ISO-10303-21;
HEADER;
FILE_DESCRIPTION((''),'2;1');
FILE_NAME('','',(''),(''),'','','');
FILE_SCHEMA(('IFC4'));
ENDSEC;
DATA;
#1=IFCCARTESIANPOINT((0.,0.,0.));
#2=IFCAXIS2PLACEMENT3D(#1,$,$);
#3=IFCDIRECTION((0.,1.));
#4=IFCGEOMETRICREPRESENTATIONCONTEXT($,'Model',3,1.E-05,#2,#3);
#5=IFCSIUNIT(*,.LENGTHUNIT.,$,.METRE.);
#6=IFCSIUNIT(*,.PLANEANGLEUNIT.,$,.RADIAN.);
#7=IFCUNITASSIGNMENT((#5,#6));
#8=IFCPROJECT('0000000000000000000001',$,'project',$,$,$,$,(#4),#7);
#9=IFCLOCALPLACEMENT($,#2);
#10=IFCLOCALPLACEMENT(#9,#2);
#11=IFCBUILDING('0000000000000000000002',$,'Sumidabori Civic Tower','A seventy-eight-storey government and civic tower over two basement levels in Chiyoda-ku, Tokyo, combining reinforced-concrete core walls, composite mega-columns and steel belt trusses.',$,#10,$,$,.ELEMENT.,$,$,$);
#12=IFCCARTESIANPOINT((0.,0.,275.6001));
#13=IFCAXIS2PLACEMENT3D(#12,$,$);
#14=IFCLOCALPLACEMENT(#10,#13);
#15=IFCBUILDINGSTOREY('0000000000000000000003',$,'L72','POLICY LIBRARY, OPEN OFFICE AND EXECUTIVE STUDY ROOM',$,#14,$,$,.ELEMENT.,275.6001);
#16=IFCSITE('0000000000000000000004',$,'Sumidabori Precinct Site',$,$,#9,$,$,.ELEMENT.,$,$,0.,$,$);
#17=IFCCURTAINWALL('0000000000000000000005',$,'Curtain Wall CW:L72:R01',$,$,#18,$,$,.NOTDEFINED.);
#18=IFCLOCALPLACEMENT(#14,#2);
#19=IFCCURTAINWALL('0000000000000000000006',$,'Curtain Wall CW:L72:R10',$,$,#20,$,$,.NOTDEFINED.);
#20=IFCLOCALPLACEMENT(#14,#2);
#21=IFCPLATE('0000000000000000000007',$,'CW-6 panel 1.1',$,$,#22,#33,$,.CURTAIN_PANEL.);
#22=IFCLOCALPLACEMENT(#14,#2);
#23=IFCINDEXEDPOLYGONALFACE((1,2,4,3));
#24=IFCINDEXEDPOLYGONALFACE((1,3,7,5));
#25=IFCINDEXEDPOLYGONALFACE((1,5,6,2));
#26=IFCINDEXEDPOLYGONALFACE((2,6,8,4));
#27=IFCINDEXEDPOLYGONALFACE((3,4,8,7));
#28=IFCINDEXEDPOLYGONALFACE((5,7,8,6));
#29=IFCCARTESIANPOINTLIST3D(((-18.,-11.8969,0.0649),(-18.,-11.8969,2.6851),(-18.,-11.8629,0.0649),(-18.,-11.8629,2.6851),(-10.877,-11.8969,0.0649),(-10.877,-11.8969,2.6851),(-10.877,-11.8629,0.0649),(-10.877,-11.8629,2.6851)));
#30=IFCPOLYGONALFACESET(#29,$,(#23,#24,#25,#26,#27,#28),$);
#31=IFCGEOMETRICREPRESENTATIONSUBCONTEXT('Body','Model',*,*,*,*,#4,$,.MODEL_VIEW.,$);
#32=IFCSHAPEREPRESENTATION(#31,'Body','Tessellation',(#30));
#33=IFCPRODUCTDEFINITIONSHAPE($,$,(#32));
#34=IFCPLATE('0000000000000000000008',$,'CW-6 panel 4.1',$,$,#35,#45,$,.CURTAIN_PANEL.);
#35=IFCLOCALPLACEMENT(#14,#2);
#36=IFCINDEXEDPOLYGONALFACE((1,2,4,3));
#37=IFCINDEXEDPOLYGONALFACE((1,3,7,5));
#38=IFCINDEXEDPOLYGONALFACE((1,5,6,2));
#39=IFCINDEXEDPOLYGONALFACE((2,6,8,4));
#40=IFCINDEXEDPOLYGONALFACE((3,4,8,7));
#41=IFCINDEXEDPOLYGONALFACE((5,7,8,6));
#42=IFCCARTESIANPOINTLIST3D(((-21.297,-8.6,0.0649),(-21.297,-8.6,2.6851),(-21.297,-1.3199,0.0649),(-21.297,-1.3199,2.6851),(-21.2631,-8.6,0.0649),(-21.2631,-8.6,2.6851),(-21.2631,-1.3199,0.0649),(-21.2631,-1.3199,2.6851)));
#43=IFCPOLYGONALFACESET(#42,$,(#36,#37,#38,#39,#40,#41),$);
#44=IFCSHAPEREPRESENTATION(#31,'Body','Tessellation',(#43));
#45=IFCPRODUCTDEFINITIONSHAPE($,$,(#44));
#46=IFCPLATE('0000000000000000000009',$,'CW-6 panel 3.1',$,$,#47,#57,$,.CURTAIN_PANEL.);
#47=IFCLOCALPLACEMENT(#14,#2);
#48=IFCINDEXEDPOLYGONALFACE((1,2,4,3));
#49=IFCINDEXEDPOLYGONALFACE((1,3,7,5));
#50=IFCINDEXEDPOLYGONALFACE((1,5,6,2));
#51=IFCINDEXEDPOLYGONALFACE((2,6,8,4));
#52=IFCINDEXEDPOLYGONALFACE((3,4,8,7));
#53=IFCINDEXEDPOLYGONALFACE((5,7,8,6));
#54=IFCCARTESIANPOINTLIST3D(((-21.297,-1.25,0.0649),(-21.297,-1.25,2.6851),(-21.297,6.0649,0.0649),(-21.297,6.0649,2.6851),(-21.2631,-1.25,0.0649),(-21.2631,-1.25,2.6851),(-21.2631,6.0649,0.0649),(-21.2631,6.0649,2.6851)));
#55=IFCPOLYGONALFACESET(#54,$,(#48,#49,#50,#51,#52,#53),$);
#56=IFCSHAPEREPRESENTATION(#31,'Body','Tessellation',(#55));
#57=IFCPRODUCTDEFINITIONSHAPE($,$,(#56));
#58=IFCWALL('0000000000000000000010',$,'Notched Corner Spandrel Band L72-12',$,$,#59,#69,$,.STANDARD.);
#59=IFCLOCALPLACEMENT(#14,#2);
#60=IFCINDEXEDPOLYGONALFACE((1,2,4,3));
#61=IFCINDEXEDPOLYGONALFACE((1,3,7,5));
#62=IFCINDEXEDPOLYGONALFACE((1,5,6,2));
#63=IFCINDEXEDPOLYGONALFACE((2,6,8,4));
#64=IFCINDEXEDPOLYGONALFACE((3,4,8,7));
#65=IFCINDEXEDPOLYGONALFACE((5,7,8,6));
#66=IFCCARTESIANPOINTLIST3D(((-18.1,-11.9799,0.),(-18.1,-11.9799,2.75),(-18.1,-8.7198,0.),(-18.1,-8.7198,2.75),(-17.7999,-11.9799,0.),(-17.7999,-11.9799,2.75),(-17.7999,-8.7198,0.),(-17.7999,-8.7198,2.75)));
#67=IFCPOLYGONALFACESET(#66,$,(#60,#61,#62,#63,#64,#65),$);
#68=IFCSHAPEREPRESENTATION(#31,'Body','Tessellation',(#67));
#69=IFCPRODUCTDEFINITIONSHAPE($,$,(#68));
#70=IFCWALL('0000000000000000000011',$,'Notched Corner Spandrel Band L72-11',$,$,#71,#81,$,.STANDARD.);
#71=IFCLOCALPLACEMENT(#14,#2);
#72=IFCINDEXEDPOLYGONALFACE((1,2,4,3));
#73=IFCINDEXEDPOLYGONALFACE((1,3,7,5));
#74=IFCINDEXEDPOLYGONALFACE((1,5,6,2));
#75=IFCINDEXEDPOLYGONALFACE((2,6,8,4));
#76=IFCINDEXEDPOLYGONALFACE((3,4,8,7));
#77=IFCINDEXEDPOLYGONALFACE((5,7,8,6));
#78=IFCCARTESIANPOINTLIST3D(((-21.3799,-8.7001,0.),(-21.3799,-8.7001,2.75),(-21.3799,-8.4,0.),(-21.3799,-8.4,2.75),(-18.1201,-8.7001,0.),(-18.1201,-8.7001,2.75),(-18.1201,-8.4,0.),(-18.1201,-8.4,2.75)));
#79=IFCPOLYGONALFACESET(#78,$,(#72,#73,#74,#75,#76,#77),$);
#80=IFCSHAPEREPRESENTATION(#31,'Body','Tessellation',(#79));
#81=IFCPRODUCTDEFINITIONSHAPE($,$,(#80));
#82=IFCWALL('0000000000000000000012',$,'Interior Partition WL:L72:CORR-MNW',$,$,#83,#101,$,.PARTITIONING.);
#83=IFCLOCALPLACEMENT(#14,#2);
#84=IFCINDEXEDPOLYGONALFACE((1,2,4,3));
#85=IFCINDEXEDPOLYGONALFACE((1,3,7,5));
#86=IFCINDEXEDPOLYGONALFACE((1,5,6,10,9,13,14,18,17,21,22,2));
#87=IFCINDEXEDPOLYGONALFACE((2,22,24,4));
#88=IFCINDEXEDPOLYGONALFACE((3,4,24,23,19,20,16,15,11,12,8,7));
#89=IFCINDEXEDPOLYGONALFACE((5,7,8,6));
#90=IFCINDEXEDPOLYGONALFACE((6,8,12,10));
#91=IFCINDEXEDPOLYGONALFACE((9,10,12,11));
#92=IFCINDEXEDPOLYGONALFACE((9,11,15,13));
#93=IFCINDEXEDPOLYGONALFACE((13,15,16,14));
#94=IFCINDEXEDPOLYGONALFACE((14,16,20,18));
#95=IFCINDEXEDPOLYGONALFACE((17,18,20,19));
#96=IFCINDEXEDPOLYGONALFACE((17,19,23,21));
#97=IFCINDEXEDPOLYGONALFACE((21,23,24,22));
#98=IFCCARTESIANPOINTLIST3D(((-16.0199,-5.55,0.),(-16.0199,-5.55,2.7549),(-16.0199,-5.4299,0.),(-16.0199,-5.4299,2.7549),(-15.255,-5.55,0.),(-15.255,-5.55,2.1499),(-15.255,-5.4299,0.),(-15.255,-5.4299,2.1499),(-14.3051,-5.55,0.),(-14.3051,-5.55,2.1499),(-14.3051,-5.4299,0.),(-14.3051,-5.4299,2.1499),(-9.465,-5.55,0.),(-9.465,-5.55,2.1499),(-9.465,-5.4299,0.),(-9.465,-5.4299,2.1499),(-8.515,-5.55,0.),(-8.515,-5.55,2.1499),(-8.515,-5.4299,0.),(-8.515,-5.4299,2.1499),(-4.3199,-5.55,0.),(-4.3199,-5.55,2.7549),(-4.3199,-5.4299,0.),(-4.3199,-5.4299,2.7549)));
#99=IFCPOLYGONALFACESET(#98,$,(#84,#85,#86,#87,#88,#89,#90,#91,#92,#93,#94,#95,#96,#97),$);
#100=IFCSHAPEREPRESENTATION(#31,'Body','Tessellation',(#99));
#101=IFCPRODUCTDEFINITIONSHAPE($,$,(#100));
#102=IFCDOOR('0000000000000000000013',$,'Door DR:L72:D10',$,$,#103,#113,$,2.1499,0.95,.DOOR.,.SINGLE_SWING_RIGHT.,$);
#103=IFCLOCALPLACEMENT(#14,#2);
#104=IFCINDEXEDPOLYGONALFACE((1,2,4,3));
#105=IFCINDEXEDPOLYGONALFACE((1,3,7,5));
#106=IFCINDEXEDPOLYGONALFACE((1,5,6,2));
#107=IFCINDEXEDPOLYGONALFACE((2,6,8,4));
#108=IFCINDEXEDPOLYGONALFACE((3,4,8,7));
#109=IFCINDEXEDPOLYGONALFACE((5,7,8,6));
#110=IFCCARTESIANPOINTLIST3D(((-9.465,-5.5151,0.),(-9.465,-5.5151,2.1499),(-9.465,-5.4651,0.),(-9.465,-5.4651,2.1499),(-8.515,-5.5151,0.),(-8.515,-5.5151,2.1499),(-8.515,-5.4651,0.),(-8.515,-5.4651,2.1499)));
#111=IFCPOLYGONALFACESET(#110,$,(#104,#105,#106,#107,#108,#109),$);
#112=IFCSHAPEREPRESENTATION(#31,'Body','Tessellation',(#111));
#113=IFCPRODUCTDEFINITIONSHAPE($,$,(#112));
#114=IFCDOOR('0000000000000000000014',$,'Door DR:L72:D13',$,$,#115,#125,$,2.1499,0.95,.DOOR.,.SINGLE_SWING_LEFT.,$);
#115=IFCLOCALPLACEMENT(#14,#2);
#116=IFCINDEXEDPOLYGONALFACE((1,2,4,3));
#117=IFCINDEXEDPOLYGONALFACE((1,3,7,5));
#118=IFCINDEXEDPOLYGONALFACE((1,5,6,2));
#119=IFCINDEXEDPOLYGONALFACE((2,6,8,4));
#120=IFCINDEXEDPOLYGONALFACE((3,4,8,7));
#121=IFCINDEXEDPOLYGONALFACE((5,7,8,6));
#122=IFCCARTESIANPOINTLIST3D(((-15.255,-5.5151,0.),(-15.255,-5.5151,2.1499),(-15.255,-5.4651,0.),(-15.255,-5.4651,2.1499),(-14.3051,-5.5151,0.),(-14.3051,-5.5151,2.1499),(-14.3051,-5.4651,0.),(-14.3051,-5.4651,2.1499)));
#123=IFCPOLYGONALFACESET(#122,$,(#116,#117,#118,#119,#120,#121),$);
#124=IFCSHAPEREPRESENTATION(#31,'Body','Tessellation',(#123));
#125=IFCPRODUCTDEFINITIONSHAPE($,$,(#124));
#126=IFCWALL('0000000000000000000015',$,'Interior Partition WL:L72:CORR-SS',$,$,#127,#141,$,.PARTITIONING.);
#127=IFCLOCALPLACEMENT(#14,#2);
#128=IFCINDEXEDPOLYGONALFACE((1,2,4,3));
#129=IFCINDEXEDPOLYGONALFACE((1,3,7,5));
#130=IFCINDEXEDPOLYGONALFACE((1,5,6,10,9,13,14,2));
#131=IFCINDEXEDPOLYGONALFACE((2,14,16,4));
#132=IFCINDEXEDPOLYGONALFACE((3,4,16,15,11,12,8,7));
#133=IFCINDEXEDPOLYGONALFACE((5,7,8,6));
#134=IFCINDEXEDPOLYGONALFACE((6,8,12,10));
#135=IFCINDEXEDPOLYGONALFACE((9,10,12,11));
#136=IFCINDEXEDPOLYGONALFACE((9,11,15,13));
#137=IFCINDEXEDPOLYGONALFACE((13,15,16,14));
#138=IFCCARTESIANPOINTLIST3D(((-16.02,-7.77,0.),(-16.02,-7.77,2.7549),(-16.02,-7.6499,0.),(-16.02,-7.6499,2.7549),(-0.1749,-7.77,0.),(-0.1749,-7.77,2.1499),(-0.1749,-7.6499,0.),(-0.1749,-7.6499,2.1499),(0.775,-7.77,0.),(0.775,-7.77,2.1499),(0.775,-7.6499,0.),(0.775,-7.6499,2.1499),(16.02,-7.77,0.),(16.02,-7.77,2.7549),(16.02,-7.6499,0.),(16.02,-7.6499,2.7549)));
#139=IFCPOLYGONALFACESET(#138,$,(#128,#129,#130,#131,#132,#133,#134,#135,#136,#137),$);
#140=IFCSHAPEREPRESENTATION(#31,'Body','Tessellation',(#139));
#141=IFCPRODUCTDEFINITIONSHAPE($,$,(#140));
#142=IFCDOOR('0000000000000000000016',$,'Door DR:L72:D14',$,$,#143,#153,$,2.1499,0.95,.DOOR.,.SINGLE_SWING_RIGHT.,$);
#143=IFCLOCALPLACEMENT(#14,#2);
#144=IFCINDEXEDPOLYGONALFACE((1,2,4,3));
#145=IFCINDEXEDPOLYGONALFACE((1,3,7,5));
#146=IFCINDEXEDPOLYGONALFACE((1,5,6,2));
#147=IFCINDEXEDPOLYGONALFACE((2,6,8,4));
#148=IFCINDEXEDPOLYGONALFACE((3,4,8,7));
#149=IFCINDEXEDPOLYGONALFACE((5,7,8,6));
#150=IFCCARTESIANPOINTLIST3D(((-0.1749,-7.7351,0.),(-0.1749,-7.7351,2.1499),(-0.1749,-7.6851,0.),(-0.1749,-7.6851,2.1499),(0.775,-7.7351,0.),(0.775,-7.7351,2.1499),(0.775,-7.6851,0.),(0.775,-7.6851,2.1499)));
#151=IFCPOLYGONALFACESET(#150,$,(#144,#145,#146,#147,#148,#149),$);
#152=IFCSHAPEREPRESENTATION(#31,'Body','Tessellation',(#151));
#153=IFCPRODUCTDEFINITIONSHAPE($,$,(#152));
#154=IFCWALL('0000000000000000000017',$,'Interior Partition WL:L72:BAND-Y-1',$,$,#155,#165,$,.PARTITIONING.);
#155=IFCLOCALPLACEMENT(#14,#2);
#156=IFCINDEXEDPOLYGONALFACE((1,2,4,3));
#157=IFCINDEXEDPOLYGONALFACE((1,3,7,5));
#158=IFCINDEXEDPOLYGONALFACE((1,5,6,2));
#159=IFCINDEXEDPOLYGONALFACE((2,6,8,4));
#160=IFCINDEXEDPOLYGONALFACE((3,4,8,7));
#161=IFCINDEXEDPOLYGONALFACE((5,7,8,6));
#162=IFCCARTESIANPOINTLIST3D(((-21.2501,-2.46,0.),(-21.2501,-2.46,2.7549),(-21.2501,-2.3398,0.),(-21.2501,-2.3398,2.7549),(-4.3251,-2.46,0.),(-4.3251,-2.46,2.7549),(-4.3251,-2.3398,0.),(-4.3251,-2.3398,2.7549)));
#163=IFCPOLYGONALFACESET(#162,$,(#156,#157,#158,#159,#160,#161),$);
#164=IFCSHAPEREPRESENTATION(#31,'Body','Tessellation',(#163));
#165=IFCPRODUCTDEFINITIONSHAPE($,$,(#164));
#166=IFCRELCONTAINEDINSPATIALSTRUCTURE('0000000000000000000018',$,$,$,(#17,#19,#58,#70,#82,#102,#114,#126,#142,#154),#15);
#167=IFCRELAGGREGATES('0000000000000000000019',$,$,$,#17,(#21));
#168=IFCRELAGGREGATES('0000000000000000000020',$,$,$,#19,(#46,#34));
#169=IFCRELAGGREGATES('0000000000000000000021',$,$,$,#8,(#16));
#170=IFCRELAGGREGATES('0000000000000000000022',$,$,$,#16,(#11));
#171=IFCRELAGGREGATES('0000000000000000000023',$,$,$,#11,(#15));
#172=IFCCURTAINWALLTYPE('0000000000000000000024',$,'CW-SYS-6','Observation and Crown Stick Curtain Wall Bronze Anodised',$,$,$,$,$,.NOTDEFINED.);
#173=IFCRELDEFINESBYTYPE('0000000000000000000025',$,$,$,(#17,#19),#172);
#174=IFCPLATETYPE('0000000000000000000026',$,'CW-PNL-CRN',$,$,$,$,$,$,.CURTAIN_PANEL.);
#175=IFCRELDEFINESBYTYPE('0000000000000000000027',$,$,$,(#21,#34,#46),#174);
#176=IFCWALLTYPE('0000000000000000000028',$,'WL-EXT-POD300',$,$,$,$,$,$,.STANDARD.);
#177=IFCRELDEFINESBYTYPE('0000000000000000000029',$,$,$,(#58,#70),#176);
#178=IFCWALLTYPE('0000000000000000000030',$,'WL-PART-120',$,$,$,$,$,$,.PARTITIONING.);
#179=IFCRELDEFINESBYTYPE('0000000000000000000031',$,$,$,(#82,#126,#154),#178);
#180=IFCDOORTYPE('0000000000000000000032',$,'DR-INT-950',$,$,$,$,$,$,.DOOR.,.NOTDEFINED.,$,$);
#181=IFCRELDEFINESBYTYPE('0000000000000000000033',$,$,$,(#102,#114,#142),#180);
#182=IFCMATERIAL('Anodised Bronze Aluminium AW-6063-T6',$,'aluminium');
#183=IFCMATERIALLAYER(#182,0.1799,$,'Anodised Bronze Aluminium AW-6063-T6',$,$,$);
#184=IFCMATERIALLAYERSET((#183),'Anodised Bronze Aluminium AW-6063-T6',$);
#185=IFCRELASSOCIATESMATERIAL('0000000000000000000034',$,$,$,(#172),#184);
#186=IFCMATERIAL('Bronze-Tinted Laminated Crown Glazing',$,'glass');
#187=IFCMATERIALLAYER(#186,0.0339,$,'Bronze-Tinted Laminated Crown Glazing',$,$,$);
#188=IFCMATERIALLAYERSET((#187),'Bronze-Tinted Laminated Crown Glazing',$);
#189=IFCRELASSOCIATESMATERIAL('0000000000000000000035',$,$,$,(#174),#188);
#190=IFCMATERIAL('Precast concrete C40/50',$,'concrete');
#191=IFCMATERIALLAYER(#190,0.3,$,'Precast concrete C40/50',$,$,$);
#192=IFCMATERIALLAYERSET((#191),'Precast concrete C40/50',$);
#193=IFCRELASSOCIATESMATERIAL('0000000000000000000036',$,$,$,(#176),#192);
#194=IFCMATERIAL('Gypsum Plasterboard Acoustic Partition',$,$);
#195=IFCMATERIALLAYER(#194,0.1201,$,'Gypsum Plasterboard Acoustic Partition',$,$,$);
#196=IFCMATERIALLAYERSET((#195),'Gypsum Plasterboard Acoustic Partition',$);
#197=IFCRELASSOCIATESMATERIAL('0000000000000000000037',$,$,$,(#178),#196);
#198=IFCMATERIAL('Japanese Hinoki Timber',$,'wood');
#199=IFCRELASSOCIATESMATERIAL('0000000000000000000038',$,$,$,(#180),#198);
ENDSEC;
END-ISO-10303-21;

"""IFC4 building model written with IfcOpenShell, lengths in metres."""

from ifc_helpers import new_model, si_unit, direction, frame, frame_2d, origin, origin_2d, place, context, subcontext, project, spatial, rectangle, extrude, source, transform, mapped, material, layer, layer_set, type_object, element, fill, aggregate, save


model = new_model("IFC4")

# Units and contexts
model_context = context("Model", 3, precision=1e-05, world=origin(), true_north=direction((0.0, 1.0)))
body_context = subcontext(model_context, "Body", "Model", "MODEL_VIEW")
ifc_project = project(units=[si_unit("LENGTHUNIT", "METRE"), si_unit("PLANEANGLEUNIT", "RADIAN")], contexts=[model_context])

# Site, building, storey
site_placement = place(None, origin())
site = spatial("IfcSite", under=ifc_project, at=site_placement, Name="Sumidabori Precinct Site", CompositionType="ELEMENT", RefElevation=0.0)
building_placement = place(site_placement, origin())
building = spatial("IfcBuilding", under=site, at=building_placement, Name="Sumidabori Civic Tower", Description="A seventy-eight-storey government and civic tower over two basement levels in Chiyoda-ku, Tokyo, combining reinforced-concrete core walls, composite mega-columns and steel belt trusses.", CompositionType="ELEMENT")
storey_placement = place(building_placement, frame((0.0, 0.0, 275.6001)))
storey = spatial("IfcBuildingStorey", under=building, at=storey_placement, Name="L72", Description="POLICY LIBRARY, OPEN OFFICE AND EXECUTIVE STUDY ROOM", CompositionType="ELEMENT", Elevation=275.6001)

# Curtain wall
ifc_material_1 = material(Name="Anodised Bronze Aluminium AW-6063-T6", Category="aluminium")
ifc_layer_1 = layer(ifc_material_1, 0.1799, Name="Anodised Bronze Aluminium AW-6063-T6")
ifc_layer_set_1 = layer_set([ifc_layer_1], Name="Anodised Bronze Aluminium AW-6063-T6")
curtain_wall_type = type_object("IfcCurtainWallType", Name="CW-SYS-6", Description="Observation and Crown Stick Curtain Wall Bronze Anodised", PredefinedType="NOTDEFINED", material=ifc_layer_set_1)
curtain_wall_1_placement = place(storey_placement, origin())
curtain_wall_1 = element("IfcCurtainWall", 1, at=curtain_wall_1_placement, inside=storey, type_object=curtain_wall_type, Name="Curtain Wall CW:L72:R01", PredefinedType="NOTDEFINED")

# Curtain wall
curtain_wall_2_placement = place(storey_placement, origin())
curtain_wall_2 = element("IfcCurtainWall", 2, at=curtain_wall_2_placement, inside=storey, type_object=curtain_wall_type, Name="Curtain Wall CW:L72:R10", PredefinedType="NOTDEFINED")

# Plates
ifc_material_2 = material(Name="Bronze-Tinted Laminated Crown Glazing", Category="glass")
ifc_layer_2 = layer(ifc_material_2, 0.0339, Name="Bronze-Tinted Laminated Crown Glazing")
ifc_layer_set_2 = layer_set([ifc_layer_2], Name="Bronze-Tinted Laminated Crown Glazing")
plate_type = type_object("IfcPlateType", Name="CW-PNL-CRN", PredefinedType="CURTAIN_PANEL", material=ifc_layer_set_2)
shared_shape_1 = source(origin(), body_context, "Body", "SweptSolid", [
    extrude(rectangle(XDim=7.123, YDim=0.0339, at=origin_2d()), origin(), (0.0, 0.0, 1.0), 2.6201),
])
plate_1_placement = place(storey_placement, frame((-14.4385, -11.8799, 0.0649), z_axis=(0.0, 0.0, 1.0), x_axis=(1.0, 0.0, 0.0)))
plate_1 = element("IfcPlate", 3, at=plate_1_placement, type_object=plate_type, Name="CW-6 panel 1.1", PredefinedType="CURTAIN_PANEL", context=body_context, shape_type="MappedRepresentation", body=[
    mapped(shared_shape_1, transform((0.0, 0.0, 0.0), x_axis=(1.0, 0.0, 0.0), y_axis=(0.0, 1.0, 0.0), z_axis=(0.0, 0.0, 1.0), scale=1.0)),
])
aggregate(curtain_wall_1, [plate_1])
shared_shape_2 = source(origin(), body_context, "Body", "SweptSolid", [
    extrude(rectangle(XDim=7.28, YDim=0.0339, at=origin_2d()), origin(), (0.0, 0.0, 1.0), 2.6201),
])
plate_2_placement = place(storey_placement, frame((-21.28, -4.96, 0.0649), z_axis=(0.0, 0.0, 1.0), x_axis=(0.0, -1.0, 0.0)))
plate_2 = element("IfcPlate", 4, at=plate_2_placement, type_object=plate_type, Name="CW-6 panel 4.1", PredefinedType="CURTAIN_PANEL", context=body_context, shape_type="MappedRepresentation", body=[
    mapped(shared_shape_2, transform((0.0, 0.0, 0.0), x_axis=(1.0, 0.0, 0.0), y_axis=(0.0, 1.0, 0.0), z_axis=(0.0, 0.0, 1.0), scale=1.0)),
])
shared_shape_3 = source(origin(), body_context, "Body", "SweptSolid", [
    extrude(rectangle(XDim=7.3149, YDim=0.0339, at=origin_2d()), origin(), (0.0, 0.0, 1.0), 2.6201),
])
plate_3_placement = place(storey_placement, frame((-21.28, 2.4075, 0.0649), z_axis=(0.0, 0.0, 1.0), x_axis=(0.0, -1.0, 0.0)))
plate_3 = element("IfcPlate", 5, at=plate_3_placement, type_object=plate_type, Name="CW-6 panel 3.1", PredefinedType="CURTAIN_PANEL", context=body_context, shape_type="MappedRepresentation", body=[
    mapped(shared_shape_3, transform((0.0, 0.0, 0.0), x_axis=(1.0, 0.0, 0.0), y_axis=(0.0, 1.0, 0.0), z_axis=(0.0, 0.0, 1.0), scale=1.0)),
])
aggregate(curtain_wall_2, [plate_3, plate_2])

# Walls
ifc_material_3 = material(Name="Precast concrete C40/50", Category="concrete")
ifc_layer_3 = layer(ifc_material_3, 0.3, Name="Precast concrete C40/50")
ifc_layer_set_3 = layer_set([ifc_layer_3], Name="Precast concrete C40/50")
wall_type_1 = type_object("IfcWallType", Name="WL-EXT-POD300", PredefinedType="STANDARD", material=ifc_layer_set_3)
shared_shape_4 = source(origin(), body_context, "Body", "SweptSolid", [
    extrude(rectangle(XDim=3.26, YDim=0.3, at=frame_2d((1.6299, 0.0))), origin(), (0.0, 0.0, 1.0), 2.75),
])
wall_1_placement = place(storey_placement, frame((-17.95, -8.72, 0.0), z_axis=(0.0, 0.0, 1.0), x_axis=(0.0, -1.0, 0.0)))
element("IfcWall", 6, at=wall_1_placement, inside=storey, type_object=wall_type_1, Name="Notched Corner Spandrel Band L72-12", PredefinedType="STANDARD", context=body_context, shape_type="MappedRepresentation", body=[
    mapped(shared_shape_4, transform((0.0, 0.0, 0.0), x_axis=(1.0, 0.0, 0.0), y_axis=(0.0, 1.0, 0.0), z_axis=(0.0, 0.0, 1.0), scale=1.0)),
])
shared_shape_5 = source(origin(), body_context, "Body", "SweptSolid", [
    extrude(rectangle(XDim=3.2598, YDim=0.3, at=frame_2d((1.6299, 0.0))), origin(), (0.0, 0.0, 1.0), 2.75),
])
wall_2_placement = place(storey_placement, frame((-21.3799, -8.55, 0.0), z_axis=(0.0, 0.0, 1.0), x_axis=(1.0, 0.0, 0.0)))
element("IfcWall", 7, at=wall_2_placement, inside=storey, type_object=wall_type_1, Name="Notched Corner Spandrel Band L72-11", PredefinedType="STANDARD", context=body_context, shape_type="MappedRepresentation", body=[
    mapped(shared_shape_5, transform((0.0, 0.0, 0.0), x_axis=(1.0, 0.0, 0.0), y_axis=(0.0, 1.0, 0.0), z_axis=(0.0, 0.0, 1.0), scale=1.0)),
])

# Wall, openings, doors
ifc_material_4 = material(Name="Gypsum Plasterboard Acoustic Partition")
ifc_layer_4 = layer(ifc_material_4, 0.1201, Name="Gypsum Plasterboard Acoustic Partition")
ifc_layer_set_4 = layer_set([ifc_layer_4], Name="Gypsum Plasterboard Acoustic Partition")
wall_type_2 = type_object("IfcWallType", Name="WL-PART-120", PredefinedType="PARTITIONING", material=ifc_layer_set_4)
shared_shape_6 = source(origin(), body_context, "Body", "SweptSolid", [
    extrude(rectangle(XDim=11.7, YDim=0.1201, at=frame_2d((5.8501, 0.0))), origin(), (0.0, 0.0, 1.0), 2.7549),
])
wall_3_placement = place(storey_placement, frame((-16.02, -5.49, 0.0), z_axis=(0.0, 0.0, 1.0), x_axis=(1.0, 0.0, 0.0)))
wall_3 = element("IfcWall", 8, at=wall_3_placement, inside=storey, type_object=wall_type_2, Name="Interior Partition WL:L72:CORR-MNW", PredefinedType="PARTITIONING", context=body_context, shape_type="MappedRepresentation", body=[
    mapped(shared_shape_6, transform((0.0, 0.0, 0.0), x_axis=(1.0, 0.0, 0.0), y_axis=(0.0, 1.0, 0.0), z_axis=(0.0, 0.0, 1.0), scale=1.0)),
])
opening_1_placement = place(wall_3_placement, frame((6.5549, 0.0, 0.0)))
opening_1 = element("IfcOpeningElement", 9, at=opening_1_placement, cuts=wall_3, PredefinedType="OPENING", context=body_context, shape_type="SweptSolid", body=[
    extrude(rectangle(XDim=0.95, YDim=2.1499, at=frame_2d((0.4751, 1.075))), frame((0.0, 0.072, 0.0), z_axis=(0.0, -1.0, 0.0), x_axis=(1.0, 0.0, 0.0)), (0.0, 0.0, 1.0), 0.144),
])
opening_2_placement = place(wall_3_placement, frame((0.7649, 0.0, 0.0)))
opening_2 = element("IfcOpeningElement", 10, at=opening_2_placement, cuts=wall_3, PredefinedType="OPENING", context=body_context, shape_type="SweptSolid", body=[
    extrude(rectangle(XDim=0.95, YDim=2.1499, at=frame_2d((0.4751, 1.075))), frame((0.0, 0.072, 0.0), z_axis=(0.0, -1.0, 0.0), x_axis=(1.0, 0.0, 0.0)), (0.0, 0.0, 1.0), 0.144),
])
ifc_material_5 = material(Name="Japanese Hinoki Timber", Category="wood")
door_type = type_object("IfcDoorType", Name="DR-INT-950", OperationType="NOTDEFINED", PredefinedType="DOOR", material=ifc_material_5)
shared_shape_7 = source(origin(), body_context, "Body", "SweptSolid", [
    extrude(rectangle(XDim=0.95, YDim=2.1499, at=frame_2d((0.4751, 1.075))), frame((0.0, 0.0249, 0.0), z_axis=(0.0, -1.0, 0.0), x_axis=(1.0, 0.0, 0.0)), (0.0, 0.0, 1.0), 0.05),
])
door_1_placement = place(opening_1_placement, origin())
door_1 = element("IfcDoor", 11, at=door_1_placement, inside=storey, type_object=door_type, Name="Door DR:L72:D10", OperationType="SINGLE_SWING_RIGHT", OverallHeight=2.1499, OverallWidth=0.95, PredefinedType="DOOR", context=body_context, shape_type="MappedRepresentation", body=[
    mapped(shared_shape_7, transform((0.0, 0.0, 0.0), x_axis=(1.0, 0.0, 0.0), y_axis=(0.0, 1.0, 0.0), z_axis=(0.0, 0.0, 1.0), scale=1.0)),
])
fill(opening_1, door_1)
door_2_placement = place(opening_2_placement, origin())
door_2 = element("IfcDoor", 12, at=door_2_placement, inside=storey, type_object=door_type, Name="Door DR:L72:D13", OperationType="SINGLE_SWING_LEFT", OverallHeight=2.1499, OverallWidth=0.95, PredefinedType="DOOR", context=body_context, shape_type="MappedRepresentation", body=[
    mapped(shared_shape_7, transform((0.0, 0.0, 0.0), x_axis=(1.0, 0.0, 0.0), y_axis=(0.0, 1.0, 0.0), z_axis=(0.0, 0.0, 1.0), scale=1.0)),
])
fill(opening_2, door_2)

# Wall, opening, door
shared_shape_8 = source(origin(), body_context, "Body", "SweptSolid", [
    extrude(rectangle(XDim=32.04, YDim=0.1201, at=frame_2d((16.02, 0.0))), origin(), (0.0, 0.0, 1.0), 2.7549),
])
wall_4_placement = place(storey_placement, frame((-16.02, -7.71, 0.0), z_axis=(0.0, 0.0, 1.0), x_axis=(1.0, 0.0, 0.0)))
wall_4 = element("IfcWall", 13, at=wall_4_placement, inside=storey, type_object=wall_type_2, Name="Interior Partition WL:L72:CORR-SS", PredefinedType="PARTITIONING", context=body_context, shape_type="MappedRepresentation", body=[
    mapped(shared_shape_8, transform((0.0, 0.0, 0.0), x_axis=(1.0, 0.0, 0.0), y_axis=(0.0, 1.0, 0.0), z_axis=(0.0, 0.0, 1.0), scale=1.0)),
])
opening_3_placement = place(wall_4_placement, frame((15.845, 0.0, 0.0)))
opening_3 = element("IfcOpeningElement", 14, at=opening_3_placement, cuts=wall_4, PredefinedType="OPENING", context=body_context, shape_type="SweptSolid", body=[
    extrude(rectangle(XDim=0.95, YDim=2.1499, at=frame_2d((0.4751, 1.075))), frame((0.0, 0.072, 0.0), z_axis=(0.0, -1.0, 0.0), x_axis=(1.0, 0.0, 0.0)), (0.0, 0.0, 1.0), 0.144),
])
door_3_placement = place(opening_3_placement, origin())
door_3 = element("IfcDoor", 15, at=door_3_placement, inside=storey, type_object=door_type, Name="Door DR:L72:D14", OperationType="SINGLE_SWING_RIGHT", OverallHeight=2.1499, OverallWidth=0.95, PredefinedType="DOOR", context=body_context, shape_type="MappedRepresentation", body=[
    mapped(shared_shape_7, transform((0.0, 0.0, 0.0), x_axis=(1.0, 0.0, 0.0), y_axis=(0.0, 1.0, 0.0), z_axis=(0.0, 0.0, 1.0), scale=1.0)),
])
fill(opening_3, door_3)

# Wall
shared_shape_9 = source(origin(), body_context, "Body", "SweptSolid", [
    extrude(rectangle(XDim=16.925, YDim=0.1201, at=frame_2d((8.4624, 0.0))), origin(), (0.0, 0.0, 1.0), 2.7549),
])
wall_5_placement = place(storey_placement, frame((-21.25, -2.3999, 0.0), z_axis=(0.0, 0.0, 1.0), x_axis=(1.0, 0.0, 0.0)))
element("IfcWall", 16, at=wall_5_placement, inside=storey, type_object=wall_type_2, Name="Interior Partition WL:L72:BAND-Y-1", PredefinedType="PARTITIONING", context=body_context, shape_type="MappedRepresentation", body=[
    mapped(shared_shape_9, transform((0.0, 0.0, 0.0), x_axis=(1.0, 0.0, 0.0), y_axis=(0.0, 1.0, 0.0), z_axis=(0.0, 0.0, 1.0), scale=1.0)),
])

save(model, "model.ifc")
